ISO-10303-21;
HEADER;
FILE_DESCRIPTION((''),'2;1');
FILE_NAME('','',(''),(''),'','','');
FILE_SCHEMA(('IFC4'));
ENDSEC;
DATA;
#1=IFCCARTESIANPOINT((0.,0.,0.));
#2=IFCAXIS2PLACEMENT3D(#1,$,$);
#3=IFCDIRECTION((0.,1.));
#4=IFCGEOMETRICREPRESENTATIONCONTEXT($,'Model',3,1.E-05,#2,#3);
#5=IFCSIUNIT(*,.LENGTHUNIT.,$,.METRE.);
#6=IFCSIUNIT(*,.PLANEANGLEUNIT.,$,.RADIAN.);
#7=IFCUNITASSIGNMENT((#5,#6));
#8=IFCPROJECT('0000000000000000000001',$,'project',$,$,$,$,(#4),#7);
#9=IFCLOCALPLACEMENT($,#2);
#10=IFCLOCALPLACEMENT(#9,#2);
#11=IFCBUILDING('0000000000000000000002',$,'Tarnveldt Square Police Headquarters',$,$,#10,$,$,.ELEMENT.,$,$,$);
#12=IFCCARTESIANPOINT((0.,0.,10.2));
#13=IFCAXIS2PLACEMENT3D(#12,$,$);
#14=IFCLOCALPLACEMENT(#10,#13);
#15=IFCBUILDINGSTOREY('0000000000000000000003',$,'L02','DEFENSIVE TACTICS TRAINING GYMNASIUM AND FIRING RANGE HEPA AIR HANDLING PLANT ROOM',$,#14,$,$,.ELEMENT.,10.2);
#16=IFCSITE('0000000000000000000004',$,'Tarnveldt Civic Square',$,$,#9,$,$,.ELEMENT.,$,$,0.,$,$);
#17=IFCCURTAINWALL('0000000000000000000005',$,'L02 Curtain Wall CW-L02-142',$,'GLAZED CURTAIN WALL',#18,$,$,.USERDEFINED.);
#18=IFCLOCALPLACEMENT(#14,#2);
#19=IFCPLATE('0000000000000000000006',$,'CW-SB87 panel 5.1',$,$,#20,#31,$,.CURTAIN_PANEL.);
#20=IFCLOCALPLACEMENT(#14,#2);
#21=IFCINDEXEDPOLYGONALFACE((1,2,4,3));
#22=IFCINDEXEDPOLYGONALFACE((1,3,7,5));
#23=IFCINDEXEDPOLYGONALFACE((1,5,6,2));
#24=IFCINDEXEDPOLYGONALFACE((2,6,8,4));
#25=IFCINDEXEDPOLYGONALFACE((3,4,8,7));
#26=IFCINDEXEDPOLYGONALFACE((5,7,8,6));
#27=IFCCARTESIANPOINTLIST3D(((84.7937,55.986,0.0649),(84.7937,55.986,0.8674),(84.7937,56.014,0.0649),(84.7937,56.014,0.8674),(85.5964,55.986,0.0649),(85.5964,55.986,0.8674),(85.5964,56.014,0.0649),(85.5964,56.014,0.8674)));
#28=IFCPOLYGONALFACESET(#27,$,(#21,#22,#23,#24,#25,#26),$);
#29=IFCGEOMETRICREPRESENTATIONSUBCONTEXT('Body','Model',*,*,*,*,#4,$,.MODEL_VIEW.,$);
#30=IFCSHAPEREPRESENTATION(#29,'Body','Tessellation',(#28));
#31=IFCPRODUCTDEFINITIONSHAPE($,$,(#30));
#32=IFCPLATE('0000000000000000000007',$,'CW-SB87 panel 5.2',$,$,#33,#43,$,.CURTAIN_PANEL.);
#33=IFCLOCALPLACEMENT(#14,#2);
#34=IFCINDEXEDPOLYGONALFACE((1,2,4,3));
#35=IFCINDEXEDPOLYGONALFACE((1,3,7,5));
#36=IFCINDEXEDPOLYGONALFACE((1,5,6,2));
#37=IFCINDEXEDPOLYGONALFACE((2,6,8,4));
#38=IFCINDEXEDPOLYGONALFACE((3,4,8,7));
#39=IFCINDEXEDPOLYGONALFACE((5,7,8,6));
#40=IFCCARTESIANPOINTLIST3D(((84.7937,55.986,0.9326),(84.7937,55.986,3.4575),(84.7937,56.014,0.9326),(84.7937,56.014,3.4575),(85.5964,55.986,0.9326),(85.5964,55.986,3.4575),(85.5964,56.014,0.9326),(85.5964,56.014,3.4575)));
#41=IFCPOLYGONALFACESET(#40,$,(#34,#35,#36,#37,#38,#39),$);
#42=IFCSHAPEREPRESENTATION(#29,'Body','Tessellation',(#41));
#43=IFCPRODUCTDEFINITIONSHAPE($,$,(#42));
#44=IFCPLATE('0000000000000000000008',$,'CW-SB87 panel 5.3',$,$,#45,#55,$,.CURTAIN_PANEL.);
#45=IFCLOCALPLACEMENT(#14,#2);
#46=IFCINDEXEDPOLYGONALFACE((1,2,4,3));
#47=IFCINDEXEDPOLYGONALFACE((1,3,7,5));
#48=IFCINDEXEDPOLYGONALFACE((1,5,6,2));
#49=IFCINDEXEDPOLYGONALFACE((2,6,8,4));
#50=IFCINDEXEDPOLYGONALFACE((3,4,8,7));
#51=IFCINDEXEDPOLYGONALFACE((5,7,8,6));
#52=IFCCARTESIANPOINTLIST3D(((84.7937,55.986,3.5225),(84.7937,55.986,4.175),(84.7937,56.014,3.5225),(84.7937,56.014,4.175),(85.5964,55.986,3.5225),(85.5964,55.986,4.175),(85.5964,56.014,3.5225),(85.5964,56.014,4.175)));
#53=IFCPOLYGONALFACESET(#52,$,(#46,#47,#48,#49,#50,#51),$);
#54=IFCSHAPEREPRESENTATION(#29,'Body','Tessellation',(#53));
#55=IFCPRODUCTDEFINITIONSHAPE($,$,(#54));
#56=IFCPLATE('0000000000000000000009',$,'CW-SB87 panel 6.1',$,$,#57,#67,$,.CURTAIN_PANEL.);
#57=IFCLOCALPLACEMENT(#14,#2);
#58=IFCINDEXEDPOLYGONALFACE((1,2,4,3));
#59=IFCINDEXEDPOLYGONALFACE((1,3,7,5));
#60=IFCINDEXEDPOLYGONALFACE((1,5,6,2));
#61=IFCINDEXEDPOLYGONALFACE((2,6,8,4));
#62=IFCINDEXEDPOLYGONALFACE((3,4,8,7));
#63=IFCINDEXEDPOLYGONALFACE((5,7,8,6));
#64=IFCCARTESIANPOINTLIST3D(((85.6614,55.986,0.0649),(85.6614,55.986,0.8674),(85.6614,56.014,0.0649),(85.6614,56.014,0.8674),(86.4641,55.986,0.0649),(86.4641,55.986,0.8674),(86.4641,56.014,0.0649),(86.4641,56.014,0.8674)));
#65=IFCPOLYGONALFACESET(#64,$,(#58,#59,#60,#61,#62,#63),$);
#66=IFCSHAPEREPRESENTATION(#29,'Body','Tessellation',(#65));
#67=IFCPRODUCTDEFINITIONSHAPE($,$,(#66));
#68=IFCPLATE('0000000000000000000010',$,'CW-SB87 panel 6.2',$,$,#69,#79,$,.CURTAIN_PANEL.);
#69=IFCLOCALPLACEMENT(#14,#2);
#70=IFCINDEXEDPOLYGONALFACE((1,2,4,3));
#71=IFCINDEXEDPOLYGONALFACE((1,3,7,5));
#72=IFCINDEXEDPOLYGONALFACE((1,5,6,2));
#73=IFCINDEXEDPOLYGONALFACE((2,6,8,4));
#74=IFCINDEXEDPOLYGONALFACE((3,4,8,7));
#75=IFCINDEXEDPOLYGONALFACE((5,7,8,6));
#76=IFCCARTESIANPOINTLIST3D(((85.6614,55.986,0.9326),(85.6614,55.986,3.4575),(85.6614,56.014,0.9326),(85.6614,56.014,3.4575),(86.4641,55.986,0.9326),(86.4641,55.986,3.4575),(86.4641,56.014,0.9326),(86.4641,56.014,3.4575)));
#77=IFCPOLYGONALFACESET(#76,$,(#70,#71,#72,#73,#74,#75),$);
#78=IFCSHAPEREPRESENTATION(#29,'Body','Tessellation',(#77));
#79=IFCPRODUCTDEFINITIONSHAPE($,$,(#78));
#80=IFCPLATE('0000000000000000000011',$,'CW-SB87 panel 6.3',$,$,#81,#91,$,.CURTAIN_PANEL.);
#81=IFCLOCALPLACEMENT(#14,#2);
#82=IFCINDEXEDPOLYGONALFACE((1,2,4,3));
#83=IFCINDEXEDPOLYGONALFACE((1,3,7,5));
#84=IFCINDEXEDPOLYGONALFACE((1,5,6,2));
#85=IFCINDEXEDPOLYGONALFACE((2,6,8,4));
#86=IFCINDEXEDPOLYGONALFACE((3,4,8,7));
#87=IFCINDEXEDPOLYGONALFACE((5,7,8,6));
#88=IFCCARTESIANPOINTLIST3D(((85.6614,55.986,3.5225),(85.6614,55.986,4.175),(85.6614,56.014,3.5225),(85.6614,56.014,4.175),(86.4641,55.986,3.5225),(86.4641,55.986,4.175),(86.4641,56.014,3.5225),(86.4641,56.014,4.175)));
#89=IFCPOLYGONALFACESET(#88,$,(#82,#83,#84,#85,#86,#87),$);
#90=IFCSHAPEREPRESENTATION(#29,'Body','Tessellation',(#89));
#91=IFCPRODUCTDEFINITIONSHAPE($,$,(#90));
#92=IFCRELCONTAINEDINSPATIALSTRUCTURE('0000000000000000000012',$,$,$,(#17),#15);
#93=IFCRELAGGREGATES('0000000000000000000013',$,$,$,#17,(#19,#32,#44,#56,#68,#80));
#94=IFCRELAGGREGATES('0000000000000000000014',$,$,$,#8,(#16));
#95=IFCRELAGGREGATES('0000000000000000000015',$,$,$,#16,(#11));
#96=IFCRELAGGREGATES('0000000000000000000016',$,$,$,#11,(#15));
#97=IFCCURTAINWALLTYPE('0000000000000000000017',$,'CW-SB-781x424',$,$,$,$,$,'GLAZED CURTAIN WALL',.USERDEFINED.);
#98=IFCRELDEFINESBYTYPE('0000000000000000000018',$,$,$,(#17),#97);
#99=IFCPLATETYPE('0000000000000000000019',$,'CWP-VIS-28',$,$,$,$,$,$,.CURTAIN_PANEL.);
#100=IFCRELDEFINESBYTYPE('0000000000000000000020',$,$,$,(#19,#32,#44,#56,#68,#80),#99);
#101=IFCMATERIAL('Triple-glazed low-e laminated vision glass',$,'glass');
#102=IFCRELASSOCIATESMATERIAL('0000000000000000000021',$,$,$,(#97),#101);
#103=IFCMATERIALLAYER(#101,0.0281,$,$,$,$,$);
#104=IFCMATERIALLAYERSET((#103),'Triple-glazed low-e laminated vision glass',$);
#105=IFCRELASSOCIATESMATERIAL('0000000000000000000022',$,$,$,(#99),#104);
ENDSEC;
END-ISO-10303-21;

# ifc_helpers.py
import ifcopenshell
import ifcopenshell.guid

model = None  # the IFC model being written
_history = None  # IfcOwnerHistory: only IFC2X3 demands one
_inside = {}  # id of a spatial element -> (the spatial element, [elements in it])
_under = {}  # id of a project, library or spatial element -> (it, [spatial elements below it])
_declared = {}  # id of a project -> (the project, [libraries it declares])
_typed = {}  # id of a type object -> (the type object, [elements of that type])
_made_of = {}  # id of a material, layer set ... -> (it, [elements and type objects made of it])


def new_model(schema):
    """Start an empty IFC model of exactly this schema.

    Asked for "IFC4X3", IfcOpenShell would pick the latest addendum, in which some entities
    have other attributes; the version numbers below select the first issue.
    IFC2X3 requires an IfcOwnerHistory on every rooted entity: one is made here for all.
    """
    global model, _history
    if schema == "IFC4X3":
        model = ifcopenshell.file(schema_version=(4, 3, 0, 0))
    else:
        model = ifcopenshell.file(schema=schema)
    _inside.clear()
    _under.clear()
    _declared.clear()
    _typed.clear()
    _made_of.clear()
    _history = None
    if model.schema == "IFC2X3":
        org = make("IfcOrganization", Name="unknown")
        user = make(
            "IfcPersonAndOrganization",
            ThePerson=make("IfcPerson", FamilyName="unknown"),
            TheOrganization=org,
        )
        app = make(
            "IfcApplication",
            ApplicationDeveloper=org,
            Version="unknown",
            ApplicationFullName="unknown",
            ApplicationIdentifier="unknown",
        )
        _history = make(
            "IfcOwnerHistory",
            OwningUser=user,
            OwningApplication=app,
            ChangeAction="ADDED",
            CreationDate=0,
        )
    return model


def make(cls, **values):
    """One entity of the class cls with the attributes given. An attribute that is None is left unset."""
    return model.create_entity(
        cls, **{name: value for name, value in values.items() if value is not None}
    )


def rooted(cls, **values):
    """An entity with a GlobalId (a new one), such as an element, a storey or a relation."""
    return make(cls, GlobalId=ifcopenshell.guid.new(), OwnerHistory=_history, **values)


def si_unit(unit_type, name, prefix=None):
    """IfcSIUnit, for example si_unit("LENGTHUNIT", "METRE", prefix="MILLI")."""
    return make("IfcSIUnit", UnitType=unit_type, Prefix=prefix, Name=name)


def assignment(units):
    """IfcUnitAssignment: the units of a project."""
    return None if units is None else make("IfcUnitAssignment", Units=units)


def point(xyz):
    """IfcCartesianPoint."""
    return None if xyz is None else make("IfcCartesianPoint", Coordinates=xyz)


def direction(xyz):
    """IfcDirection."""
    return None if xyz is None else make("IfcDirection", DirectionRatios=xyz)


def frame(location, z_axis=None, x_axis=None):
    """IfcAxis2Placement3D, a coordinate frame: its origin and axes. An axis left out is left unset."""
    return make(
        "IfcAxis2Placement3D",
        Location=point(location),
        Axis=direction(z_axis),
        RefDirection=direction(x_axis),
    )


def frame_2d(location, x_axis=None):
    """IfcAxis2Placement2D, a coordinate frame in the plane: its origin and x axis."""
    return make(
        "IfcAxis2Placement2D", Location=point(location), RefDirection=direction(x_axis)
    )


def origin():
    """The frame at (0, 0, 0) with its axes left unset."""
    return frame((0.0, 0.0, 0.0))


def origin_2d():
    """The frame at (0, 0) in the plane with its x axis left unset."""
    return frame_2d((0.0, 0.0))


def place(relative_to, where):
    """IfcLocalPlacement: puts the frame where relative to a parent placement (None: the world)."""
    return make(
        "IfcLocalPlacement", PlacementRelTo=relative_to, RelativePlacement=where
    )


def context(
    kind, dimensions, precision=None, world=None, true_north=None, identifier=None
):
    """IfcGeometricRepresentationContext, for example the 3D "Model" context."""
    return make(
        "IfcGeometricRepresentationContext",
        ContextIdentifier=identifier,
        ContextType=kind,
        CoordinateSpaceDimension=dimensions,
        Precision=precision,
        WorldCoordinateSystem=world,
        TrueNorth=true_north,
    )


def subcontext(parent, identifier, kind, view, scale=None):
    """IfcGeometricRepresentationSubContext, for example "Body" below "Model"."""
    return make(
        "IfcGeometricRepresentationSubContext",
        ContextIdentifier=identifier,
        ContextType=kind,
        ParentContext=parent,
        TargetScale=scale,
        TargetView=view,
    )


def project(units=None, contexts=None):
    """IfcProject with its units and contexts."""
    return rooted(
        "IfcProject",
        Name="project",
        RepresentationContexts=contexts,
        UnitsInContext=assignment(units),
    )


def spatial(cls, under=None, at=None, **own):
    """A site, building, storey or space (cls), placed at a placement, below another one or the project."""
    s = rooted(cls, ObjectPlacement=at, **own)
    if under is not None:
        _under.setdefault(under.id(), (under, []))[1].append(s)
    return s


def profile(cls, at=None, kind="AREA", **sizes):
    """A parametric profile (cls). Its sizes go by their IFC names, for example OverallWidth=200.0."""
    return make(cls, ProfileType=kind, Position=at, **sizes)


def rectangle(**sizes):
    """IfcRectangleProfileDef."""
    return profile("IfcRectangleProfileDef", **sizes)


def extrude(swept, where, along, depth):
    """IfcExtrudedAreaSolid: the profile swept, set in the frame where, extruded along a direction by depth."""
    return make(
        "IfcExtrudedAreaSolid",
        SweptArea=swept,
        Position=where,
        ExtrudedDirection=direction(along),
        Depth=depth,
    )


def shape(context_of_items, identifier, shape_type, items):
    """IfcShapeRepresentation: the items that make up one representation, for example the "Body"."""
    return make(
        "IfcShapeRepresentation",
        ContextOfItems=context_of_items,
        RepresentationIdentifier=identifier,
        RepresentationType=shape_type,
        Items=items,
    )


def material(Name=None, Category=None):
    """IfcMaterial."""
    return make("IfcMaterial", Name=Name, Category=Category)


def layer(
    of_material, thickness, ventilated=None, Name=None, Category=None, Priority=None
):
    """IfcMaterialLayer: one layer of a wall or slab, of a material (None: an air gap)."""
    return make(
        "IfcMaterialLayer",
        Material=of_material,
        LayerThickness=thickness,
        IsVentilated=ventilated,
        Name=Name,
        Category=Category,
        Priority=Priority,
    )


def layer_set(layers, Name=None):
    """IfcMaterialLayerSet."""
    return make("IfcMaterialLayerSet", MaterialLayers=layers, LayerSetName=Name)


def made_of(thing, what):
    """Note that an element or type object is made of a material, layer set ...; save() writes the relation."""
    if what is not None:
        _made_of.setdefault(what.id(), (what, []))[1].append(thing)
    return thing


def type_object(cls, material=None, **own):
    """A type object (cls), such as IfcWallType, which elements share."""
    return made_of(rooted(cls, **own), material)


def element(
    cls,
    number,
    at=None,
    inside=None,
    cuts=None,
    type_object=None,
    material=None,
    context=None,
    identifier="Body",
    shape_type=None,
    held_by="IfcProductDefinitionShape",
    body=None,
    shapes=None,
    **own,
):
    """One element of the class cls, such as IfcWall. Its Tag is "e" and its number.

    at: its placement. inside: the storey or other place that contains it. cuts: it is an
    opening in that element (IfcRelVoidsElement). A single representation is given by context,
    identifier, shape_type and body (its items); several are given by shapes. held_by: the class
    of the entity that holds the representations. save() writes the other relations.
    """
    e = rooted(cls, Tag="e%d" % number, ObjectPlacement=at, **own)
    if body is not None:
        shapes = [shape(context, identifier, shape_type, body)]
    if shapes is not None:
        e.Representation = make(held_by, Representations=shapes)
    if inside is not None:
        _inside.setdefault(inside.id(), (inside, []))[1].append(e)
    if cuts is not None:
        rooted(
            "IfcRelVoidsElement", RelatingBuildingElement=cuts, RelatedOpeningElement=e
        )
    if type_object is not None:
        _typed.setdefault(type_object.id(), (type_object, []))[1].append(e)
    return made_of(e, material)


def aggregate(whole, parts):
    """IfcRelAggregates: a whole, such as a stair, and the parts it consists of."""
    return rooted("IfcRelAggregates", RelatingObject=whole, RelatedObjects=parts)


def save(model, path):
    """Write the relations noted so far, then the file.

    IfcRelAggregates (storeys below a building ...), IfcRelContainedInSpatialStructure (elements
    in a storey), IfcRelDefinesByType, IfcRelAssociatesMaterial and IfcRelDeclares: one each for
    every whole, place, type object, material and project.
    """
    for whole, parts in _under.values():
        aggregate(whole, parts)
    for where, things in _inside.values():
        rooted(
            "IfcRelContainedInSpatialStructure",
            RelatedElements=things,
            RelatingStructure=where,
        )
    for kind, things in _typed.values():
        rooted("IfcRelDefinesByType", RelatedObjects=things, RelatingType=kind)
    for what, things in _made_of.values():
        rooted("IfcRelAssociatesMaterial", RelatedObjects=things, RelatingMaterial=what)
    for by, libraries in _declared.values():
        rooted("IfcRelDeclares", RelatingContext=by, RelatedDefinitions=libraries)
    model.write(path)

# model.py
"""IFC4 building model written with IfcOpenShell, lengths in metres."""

from ifc_helpers import new_model, si_unit, direction, frame, origin, origin_2d, place, context, subcontext, project, spatial, rectangle, extrude, material, layer, layer_set, type_object, element, aggregate, save


model = new_model("IFC4")

# Units and contexts
model_context = context("Model", 3, precision=1e-05, world=origin(), true_north=direction((0.0, 1.0)))
body_context = subcontext(model_context, "Body", "Model", "MODEL_VIEW")
ifc_project = project(units=[si_unit("LENGTHUNIT", "METRE"), si_unit("PLANEANGLEUNIT", "RADIAN")], contexts=[model_context])

# Site, building, storey
site_placement = place(None, origin())
site = spatial("IfcSite", under=ifc_project, at=site_placement, Name="Tarnveldt Civic Square", CompositionType="ELEMENT", RefElevation=0.0)
building_placement = place(site_placement, origin())
building = spatial("IfcBuilding", under=site, at=building_placement, Name="Tarnveldt Square Police Headquarters", CompositionType="ELEMENT")
storey_placement = place(building_placement, frame((0.0, 0.0, 10.2)))
storey = spatial("IfcBuildingStorey", under=building, at=storey_placement, Name="L02", Description="DEFENSIVE TACTICS TRAINING GYMNASIUM AND FIRING RANGE HEPA AIR HANDLING PLANT ROOM", CompositionType="ELEMENT", Elevation=10.2)

# Curtain wall, plates
ifc_material_1 = material(Name="Triple-glazed low-e laminated vision glass", Category="glass")
curtain_wall_type = type_object("IfcCurtainWallType", Name="CW-SB-781x424", ElementType="GLAZED CURTAIN WALL", PredefinedType="USERDEFINED", material=ifc_material_1)
curtain_wall_placement = place(storey_placement, origin())
curtain_wall = element("IfcCurtainWall", 1, at=curtain_wall_placement, inside=storey, type_object=curtain_wall_type, Name="L02 Curtain Wall CW-L02-142", ObjectType="GLAZED CURTAIN WALL", PredefinedType="USERDEFINED")
ifc_layer = layer(ifc_material_1, 0.0281)
ifc_layer_set = layer_set([ifc_layer], Name="Triple-glazed low-e laminated vision glass")
plate_type = type_object("IfcPlateType", Name="CWP-VIS-28", PredefinedType="CURTAIN_PANEL", material=ifc_layer_set)
plate_1_placement = place(storey_placement, frame((85.1951, 56.0, 0.0649), z_axis=(0.0, 0.0, 1.0), x_axis=(1.0, 0.0, 0.0)))
plate_1 = element("IfcPlate", 2, at=plate_1_placement, type_object=plate_type, Name="CW-SB87 panel 5.1", PredefinedType="CURTAIN_PANEL", context=body_context, shape_type="SweptSolid", body=[
    extrude(rectangle(XDim=0.8027, YDim=0.0281, at=origin_2d()), origin(), (0.0, 0.0, 1.0), 0.8025),
])
plate_2_placement = place(storey_placement, frame((85.1951, 56.0, 0.9326), z_axis=(0.0, 0.0, 1.0), x_axis=(1.0, 0.0, 0.0)))
plate_2 = element("IfcPlate", 3, at=plate_2_placement, type_object=plate_type, Name="CW-SB87 panel 5.2", PredefinedType="CURTAIN_PANEL", context=body_context, shape_type="SweptSolid", body=[
    extrude(rectangle(XDim=0.8027, YDim=0.0281, at=origin_2d()), origin(), (0.0, 0.0, 1.0), 2.5249),
])
plate_3_placement = place(storey_placement, frame((85.1951, 56.0, 3.5225), z_axis=(0.0, 0.0, 1.0), x_axis=(1.0, 0.0, 0.0)))
plate_3 = element("IfcPlate", 4, at=plate_3_placement, type_object=plate_type, Name="CW-SB87 panel 5.3", PredefinedType="CURTAIN_PANEL", context=body_context, shape_type="SweptSolid", body=[
    extrude(rectangle(XDim=0.8027, YDim=0.0281, at=origin_2d()), origin(), (0.0, 0.0, 1.0), 0.6526),
])
plate_4_placement = place(storey_placement, frame((86.0627, 56.0, 0.0649), z_axis=(0.0, 0.0, 1.0), x_axis=(1.0, 0.0, 0.0)))
plate_4 = element("IfcPlate", 5, at=plate_4_placement, type_object=plate_type, Name="CW-SB87 panel 6.1", PredefinedType="CURTAIN_PANEL", context=body_context, shape_type="SweptSolid", body=[
    extrude(rectangle(XDim=0.8027, YDim=0.0281, at=origin_2d()), origin(), (0.0, 0.0, 1.0), 0.8025),
])
plate_5_placement = place(storey_placement, frame((86.0627, 56.0, 0.9326), z_axis=(0.0, 0.0, 1.0), x_axis=(1.0, 0.0, 0.0)))
plate_5 = element("IfcPlate", 6, at=plate_5_placement, type_object=plate_type, Name="CW-SB87 panel 6.2", PredefinedType="CURTAIN_PANEL", context=body_context, shape_type="SweptSolid", body=[
    extrude(rectangle(XDim=0.8027, YDim=0.0281, at=origin_2d()), origin(), (0.0, 0.0, 1.0), 2.5249),
])
plate_6_placement = place(storey_placement, frame((86.0627, 56.0, 3.5225), z_axis=(0.0, 0.0, 1.0), x_axis=(1.0, 0.0, 0.0)))
plate_6 = element("IfcPlate", 7, at=plate_6_placement, type_object=plate_type, Name="CW-SB87 panel 6.3", PredefinedType="CURTAIN_PANEL", context=body_context, shape_type="SweptSolid", body=[
    extrude(rectangle(XDim=0.8027, YDim=0.0281, at=origin_2d()), origin(), (0.0, 0.0, 1.0), 0.6526),
])
aggregate(curtain_wall, [plate_1, plate_2, plate_3, plate_4, plate_5, plate_6])

save(model, "model.ifc")
